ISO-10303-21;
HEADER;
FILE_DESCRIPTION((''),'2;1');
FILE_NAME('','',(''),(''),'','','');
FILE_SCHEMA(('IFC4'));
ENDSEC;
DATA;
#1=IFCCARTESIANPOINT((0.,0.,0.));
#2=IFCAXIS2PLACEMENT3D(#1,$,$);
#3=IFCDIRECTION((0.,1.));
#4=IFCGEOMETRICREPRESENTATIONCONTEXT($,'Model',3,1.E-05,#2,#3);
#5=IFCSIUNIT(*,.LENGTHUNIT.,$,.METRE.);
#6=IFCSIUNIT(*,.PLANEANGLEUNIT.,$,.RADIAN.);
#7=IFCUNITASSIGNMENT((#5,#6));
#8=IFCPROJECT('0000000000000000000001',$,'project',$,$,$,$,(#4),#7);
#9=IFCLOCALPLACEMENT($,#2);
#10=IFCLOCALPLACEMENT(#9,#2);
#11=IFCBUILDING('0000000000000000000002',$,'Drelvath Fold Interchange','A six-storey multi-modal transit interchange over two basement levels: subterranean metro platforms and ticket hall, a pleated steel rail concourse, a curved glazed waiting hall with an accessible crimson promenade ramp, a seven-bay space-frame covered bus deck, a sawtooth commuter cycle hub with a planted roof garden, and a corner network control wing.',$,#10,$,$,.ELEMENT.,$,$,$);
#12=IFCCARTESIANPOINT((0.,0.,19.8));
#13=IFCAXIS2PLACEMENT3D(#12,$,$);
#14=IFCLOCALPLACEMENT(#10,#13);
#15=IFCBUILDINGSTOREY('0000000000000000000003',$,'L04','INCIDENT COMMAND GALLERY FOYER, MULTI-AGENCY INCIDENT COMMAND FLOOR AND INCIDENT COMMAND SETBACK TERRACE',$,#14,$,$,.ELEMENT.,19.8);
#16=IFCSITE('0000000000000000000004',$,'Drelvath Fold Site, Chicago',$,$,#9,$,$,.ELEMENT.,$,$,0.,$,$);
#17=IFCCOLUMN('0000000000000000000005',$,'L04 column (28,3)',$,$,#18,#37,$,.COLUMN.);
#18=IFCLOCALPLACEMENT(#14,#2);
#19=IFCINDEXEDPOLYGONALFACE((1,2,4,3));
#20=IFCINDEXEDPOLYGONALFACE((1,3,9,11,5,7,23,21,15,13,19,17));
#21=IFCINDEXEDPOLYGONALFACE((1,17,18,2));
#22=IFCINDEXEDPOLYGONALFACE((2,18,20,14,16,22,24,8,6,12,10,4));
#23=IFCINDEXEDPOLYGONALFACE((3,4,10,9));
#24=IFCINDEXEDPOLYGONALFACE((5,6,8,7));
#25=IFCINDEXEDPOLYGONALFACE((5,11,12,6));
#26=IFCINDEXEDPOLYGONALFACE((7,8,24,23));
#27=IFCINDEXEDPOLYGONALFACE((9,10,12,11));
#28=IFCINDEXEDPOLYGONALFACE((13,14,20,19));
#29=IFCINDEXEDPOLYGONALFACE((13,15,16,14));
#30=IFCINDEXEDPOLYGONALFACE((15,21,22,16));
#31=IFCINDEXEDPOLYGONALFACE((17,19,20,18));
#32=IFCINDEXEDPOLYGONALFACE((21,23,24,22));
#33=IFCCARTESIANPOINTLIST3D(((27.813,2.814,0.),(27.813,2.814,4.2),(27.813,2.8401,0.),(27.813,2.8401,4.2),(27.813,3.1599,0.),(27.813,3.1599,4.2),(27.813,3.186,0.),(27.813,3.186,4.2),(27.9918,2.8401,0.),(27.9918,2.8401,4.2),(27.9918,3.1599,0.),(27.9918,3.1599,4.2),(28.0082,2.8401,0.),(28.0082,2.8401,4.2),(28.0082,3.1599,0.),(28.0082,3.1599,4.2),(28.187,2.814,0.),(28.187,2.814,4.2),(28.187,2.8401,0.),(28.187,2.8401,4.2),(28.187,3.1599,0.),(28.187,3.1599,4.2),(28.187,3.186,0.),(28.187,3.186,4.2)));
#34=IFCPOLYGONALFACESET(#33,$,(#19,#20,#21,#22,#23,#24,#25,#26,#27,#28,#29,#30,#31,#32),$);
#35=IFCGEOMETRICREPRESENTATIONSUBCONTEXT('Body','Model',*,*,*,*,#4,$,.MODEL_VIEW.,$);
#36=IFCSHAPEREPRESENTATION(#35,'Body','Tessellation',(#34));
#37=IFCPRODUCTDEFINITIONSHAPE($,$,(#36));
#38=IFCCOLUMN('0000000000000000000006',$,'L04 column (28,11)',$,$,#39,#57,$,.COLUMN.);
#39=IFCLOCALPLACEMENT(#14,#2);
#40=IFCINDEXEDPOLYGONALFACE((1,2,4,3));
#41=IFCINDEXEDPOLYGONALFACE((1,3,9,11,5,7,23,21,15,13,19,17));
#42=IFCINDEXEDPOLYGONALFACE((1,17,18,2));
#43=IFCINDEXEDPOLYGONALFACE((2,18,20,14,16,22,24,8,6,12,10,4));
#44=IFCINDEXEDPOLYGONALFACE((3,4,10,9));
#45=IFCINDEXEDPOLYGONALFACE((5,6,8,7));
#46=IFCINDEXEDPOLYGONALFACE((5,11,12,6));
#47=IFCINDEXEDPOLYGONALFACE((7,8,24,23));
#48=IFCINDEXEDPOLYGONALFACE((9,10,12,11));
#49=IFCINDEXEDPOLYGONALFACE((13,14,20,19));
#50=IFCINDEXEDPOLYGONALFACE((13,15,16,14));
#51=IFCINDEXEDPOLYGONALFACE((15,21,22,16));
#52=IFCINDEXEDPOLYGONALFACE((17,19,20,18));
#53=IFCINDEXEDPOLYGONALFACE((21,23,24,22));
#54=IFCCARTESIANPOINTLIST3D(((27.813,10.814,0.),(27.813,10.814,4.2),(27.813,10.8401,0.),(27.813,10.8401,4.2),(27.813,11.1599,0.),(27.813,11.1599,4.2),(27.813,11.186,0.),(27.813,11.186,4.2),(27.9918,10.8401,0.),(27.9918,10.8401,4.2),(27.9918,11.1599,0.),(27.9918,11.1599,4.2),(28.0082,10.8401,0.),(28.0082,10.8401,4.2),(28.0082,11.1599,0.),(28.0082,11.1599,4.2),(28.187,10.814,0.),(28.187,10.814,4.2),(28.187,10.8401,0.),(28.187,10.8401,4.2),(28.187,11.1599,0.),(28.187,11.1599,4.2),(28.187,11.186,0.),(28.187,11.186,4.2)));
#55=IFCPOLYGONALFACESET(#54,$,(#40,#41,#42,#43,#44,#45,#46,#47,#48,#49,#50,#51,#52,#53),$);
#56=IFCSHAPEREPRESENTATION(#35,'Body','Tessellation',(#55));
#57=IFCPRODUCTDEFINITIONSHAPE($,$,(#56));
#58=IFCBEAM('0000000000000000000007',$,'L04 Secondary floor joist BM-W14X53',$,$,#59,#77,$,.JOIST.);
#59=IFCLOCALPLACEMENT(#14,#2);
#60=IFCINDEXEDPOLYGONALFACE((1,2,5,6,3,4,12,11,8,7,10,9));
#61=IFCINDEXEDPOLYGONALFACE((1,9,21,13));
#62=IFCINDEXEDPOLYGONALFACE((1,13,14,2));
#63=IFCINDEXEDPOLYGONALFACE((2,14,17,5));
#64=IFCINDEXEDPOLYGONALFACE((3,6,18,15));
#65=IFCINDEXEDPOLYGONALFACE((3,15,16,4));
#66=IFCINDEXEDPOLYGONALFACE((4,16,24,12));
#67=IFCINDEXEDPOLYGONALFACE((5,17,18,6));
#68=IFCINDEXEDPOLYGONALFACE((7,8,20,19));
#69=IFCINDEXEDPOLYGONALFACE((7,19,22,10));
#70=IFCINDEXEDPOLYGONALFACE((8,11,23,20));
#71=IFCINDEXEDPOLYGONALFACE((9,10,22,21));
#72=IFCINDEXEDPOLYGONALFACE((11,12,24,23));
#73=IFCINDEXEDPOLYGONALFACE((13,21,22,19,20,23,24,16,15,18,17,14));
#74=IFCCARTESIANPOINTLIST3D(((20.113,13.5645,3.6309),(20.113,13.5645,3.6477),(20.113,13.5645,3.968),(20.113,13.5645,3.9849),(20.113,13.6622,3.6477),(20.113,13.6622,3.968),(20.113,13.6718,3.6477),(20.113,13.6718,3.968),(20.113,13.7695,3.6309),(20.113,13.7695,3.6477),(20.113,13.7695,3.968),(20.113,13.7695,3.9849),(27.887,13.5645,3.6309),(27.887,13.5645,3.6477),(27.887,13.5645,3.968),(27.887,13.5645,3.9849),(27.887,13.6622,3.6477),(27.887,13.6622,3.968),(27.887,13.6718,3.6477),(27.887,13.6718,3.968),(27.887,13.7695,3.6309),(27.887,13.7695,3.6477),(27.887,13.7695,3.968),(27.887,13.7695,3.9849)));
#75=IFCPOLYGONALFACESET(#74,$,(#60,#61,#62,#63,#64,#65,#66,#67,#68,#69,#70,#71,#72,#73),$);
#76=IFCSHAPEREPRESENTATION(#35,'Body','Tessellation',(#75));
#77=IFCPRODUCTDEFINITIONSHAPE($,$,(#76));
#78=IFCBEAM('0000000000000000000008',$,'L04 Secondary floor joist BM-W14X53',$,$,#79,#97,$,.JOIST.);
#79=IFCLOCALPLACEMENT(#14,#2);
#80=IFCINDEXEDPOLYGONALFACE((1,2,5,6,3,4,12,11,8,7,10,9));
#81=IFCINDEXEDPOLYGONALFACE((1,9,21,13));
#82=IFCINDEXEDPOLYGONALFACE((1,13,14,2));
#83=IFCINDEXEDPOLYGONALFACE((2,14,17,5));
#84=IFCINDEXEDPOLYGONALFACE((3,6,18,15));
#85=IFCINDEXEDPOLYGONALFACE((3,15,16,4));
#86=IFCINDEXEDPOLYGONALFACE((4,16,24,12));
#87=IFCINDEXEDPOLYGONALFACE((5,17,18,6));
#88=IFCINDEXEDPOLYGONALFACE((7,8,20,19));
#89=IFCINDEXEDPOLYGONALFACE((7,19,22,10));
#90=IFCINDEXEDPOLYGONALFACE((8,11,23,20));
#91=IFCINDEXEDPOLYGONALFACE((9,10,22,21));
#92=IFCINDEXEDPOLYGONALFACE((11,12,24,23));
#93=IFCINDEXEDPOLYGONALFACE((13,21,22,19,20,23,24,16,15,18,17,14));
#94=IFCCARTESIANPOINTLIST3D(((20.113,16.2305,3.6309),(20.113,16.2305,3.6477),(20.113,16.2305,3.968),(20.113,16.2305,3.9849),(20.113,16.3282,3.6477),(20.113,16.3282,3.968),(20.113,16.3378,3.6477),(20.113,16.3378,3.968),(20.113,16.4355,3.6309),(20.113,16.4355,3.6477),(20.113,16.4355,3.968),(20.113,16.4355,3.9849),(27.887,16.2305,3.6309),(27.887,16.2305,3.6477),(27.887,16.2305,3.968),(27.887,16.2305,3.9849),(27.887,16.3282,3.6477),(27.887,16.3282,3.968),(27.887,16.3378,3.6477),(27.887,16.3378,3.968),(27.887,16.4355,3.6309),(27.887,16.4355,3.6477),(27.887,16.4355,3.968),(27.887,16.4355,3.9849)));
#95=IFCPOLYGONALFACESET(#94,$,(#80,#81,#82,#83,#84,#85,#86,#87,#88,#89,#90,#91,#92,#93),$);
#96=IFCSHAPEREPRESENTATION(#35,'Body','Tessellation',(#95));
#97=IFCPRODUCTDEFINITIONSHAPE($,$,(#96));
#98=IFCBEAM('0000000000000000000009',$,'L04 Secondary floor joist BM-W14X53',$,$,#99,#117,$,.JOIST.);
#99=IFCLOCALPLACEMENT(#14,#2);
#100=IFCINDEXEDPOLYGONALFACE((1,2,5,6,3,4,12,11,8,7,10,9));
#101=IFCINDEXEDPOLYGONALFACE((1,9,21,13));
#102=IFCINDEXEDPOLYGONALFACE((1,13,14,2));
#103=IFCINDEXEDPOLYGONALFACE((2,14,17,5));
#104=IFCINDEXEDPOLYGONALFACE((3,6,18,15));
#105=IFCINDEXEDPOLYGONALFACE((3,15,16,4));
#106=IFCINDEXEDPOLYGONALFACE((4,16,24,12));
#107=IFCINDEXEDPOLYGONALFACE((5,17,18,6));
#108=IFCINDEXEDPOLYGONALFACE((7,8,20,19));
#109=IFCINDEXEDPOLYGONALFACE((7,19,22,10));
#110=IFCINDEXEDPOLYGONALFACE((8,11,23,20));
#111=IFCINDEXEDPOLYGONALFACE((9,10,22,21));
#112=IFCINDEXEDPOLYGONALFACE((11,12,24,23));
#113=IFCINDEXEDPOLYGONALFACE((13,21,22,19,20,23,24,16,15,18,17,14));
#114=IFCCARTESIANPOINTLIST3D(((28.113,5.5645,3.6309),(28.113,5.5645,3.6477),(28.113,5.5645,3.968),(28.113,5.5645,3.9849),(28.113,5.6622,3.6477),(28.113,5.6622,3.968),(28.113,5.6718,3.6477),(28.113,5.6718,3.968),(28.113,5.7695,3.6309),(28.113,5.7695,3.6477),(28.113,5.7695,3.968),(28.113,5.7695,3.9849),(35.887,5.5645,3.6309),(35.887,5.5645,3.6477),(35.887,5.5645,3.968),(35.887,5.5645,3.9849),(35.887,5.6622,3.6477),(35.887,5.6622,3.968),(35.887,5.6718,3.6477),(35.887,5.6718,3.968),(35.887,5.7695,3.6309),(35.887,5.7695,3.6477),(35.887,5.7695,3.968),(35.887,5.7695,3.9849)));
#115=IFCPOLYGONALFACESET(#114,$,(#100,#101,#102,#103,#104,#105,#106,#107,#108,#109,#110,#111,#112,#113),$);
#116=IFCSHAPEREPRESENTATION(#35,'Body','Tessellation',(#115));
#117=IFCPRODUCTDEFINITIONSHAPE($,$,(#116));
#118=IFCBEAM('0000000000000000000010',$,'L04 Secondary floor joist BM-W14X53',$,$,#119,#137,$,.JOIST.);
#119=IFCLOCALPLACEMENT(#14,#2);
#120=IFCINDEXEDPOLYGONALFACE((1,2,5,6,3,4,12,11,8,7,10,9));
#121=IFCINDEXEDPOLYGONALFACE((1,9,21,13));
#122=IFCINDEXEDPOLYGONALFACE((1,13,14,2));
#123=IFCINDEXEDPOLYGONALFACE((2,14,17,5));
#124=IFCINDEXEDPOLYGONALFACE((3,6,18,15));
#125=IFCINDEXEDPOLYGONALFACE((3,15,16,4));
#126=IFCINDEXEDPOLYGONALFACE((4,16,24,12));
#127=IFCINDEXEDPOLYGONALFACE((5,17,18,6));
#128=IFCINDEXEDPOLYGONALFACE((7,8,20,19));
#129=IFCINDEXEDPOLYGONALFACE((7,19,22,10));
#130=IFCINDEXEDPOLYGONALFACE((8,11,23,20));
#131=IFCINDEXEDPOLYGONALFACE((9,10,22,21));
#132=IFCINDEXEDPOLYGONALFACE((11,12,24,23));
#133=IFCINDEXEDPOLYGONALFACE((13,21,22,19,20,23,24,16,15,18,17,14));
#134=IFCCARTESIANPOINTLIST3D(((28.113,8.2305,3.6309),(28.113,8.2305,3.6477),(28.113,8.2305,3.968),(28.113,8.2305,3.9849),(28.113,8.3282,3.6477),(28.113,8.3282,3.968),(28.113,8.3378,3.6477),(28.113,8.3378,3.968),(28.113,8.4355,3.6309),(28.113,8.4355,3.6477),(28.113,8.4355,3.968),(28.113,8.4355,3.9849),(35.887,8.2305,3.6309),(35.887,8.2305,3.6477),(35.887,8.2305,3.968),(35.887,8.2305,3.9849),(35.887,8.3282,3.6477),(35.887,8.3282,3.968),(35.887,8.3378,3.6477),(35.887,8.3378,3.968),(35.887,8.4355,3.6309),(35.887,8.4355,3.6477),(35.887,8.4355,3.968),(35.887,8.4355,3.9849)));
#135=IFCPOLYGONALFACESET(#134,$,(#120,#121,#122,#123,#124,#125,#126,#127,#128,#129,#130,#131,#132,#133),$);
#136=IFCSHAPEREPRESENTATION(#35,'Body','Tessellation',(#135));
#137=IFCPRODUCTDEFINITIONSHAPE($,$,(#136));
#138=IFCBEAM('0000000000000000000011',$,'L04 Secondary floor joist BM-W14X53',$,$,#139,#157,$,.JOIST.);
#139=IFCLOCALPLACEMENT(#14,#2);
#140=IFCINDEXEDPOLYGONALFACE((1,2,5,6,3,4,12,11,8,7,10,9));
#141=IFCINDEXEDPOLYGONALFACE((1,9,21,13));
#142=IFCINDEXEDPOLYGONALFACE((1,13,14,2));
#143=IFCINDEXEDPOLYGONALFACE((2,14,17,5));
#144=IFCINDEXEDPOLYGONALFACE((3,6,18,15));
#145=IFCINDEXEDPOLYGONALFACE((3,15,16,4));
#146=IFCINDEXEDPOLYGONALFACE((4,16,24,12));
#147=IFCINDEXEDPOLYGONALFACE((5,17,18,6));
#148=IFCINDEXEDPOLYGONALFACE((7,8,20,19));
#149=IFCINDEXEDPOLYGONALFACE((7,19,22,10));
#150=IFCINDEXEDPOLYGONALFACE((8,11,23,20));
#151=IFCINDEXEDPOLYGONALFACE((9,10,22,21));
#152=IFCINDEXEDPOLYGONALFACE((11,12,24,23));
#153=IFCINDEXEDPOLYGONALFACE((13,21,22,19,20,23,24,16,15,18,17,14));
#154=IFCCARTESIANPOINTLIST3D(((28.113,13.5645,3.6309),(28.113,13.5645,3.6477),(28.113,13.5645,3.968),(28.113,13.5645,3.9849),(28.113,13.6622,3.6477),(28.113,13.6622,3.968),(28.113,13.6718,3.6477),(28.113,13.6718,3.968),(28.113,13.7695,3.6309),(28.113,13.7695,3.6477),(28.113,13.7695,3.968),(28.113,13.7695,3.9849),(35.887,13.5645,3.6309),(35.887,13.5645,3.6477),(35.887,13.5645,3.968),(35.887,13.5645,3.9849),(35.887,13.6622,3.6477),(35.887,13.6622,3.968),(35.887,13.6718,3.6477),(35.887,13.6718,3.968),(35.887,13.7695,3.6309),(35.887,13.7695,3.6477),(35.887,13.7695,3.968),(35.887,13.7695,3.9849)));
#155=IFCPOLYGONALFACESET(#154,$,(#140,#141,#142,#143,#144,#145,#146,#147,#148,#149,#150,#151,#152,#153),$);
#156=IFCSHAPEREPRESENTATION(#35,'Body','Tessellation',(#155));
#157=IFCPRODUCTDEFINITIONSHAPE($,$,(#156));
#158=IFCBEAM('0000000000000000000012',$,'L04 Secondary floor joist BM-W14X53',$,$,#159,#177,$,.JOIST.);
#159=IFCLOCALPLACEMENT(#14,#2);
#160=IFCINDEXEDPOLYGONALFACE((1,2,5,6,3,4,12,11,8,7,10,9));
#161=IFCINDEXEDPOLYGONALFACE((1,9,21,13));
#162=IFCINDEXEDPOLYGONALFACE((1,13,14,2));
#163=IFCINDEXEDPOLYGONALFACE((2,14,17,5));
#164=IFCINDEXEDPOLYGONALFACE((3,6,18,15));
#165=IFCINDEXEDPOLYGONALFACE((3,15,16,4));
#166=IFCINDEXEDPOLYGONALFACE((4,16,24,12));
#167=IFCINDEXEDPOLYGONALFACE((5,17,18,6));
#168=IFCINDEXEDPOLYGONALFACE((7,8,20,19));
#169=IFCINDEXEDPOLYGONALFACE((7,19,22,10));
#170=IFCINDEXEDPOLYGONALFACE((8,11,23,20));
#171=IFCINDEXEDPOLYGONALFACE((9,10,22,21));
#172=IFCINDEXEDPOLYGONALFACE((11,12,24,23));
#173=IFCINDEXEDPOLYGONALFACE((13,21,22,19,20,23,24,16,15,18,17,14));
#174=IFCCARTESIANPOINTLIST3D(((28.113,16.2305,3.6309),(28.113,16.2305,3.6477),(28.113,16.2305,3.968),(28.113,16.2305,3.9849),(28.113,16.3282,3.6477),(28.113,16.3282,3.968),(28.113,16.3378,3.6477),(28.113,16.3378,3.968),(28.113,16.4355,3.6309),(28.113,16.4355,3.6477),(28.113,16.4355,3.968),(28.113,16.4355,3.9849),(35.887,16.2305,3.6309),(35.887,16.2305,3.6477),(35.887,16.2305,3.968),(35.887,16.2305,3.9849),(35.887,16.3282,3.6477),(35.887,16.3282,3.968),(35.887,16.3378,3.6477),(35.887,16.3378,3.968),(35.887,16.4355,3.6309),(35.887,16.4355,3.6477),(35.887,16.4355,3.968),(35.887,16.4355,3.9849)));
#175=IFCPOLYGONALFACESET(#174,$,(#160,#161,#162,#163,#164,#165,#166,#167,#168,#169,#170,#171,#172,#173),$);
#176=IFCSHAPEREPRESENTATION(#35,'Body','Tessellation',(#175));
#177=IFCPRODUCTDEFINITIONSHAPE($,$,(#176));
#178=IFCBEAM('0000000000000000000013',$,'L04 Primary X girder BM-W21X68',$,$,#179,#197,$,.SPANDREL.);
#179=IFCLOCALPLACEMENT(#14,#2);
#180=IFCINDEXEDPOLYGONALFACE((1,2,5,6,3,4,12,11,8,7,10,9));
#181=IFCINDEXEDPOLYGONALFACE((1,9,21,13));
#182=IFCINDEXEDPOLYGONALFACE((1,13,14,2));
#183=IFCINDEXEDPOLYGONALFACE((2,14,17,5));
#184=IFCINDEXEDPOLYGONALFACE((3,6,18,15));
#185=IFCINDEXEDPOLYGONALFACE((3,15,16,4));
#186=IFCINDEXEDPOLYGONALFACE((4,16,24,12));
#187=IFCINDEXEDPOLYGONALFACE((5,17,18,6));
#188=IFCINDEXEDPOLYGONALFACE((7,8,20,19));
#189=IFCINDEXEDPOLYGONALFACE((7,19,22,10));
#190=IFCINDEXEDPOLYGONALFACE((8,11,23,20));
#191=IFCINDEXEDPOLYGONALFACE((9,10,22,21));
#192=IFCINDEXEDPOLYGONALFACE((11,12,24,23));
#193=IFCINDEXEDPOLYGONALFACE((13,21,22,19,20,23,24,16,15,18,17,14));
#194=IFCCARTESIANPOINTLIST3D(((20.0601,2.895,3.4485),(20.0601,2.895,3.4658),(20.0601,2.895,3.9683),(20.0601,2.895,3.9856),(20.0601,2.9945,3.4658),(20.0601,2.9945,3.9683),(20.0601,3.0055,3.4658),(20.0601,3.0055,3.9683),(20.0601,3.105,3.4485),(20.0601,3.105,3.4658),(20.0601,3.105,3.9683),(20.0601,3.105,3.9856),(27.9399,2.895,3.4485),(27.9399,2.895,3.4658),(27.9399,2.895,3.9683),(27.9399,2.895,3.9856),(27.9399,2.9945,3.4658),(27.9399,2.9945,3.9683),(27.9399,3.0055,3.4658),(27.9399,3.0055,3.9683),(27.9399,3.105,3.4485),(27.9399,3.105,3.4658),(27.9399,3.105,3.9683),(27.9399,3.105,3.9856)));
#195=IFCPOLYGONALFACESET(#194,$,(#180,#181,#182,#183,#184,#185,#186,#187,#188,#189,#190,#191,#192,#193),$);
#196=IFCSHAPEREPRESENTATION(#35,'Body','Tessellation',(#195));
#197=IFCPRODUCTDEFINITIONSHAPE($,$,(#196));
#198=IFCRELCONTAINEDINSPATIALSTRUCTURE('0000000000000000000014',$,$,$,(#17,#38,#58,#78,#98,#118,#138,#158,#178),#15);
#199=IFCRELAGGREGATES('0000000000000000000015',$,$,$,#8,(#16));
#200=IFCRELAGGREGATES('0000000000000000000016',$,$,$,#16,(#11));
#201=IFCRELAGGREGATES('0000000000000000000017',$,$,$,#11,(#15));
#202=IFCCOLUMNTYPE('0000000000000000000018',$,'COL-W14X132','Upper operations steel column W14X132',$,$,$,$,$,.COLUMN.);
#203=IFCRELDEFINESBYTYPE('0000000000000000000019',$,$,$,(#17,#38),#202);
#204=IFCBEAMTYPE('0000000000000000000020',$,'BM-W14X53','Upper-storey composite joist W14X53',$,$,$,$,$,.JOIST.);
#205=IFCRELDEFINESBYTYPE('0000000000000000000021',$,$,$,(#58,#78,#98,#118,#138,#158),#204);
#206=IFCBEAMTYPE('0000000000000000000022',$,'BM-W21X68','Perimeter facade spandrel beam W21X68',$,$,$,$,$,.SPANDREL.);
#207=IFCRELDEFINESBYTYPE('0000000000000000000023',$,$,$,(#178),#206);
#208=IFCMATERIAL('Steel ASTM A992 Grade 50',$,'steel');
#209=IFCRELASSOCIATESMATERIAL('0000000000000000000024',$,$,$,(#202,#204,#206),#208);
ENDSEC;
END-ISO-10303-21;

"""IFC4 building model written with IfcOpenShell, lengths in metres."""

from ifc_helpers import new_model, si_unit, direction, frame, origin, origin_2d, place, context, subcontext, project, spatial, i_section, extrude, material, material_profile, profile_set, type_object, element, save


model = new_model("IFC4")

# Units and contexts
model_context = context("Model", 3, precision=1e-05, world=origin(), true_north=direction((0.0, 1.0)))
body_context = subcontext(model_context, "Body", "Model", "MODEL_VIEW")
ifc_project = project(units=[si_unit("LENGTHUNIT", "METRE"), si_unit("PLANEANGLEUNIT", "RADIAN")], contexts=[model_context])

# Site, building, storey
site_placement = place(None, origin())
site = spatial("IfcSite", under=ifc_project, at=site_placement, Name="Drelvath Fold Site, Chicago", CompositionType="ELEMENT", RefElevation=0.0)
building_placement = place(site_placement, origin())
building = spatial("IfcBuilding", under=site, at=building_placement, Name="Drelvath Fold Interchange", Description="A six-storey multi-modal transit interchange over two basement levels: subterranean metro platforms and ticket hall, a pleated steel rail concourse, a curved glazed waiting hall with an accessible crimson promenade ramp, a seven-bay space-frame covered bus deck, a sawtooth commuter cycle hub with a planted roof garden, and a corner network control wing.", CompositionType="ELEMENT")
storey_placement = place(building_placement, frame((0.0, 0.0, 19.8)))
storey = spatial("IfcBuildingStorey", under=building, at=storey_placement, Name="L04", Description="INCIDENT COMMAND GALLERY FOYER, MULTI-AGENCY INCIDENT COMMAND FLOOR AND INCIDENT COMMAND SETBACK TERRACE", CompositionType="ELEMENT", Elevation=19.8)

# Columns
ifc_material_1 = material(Name="Steel ASTM A992 Grade 50", Category="steel")
ifc_material_profile_1 = material_profile(ifc_material_1, i_section(OverallWidth=0.374, OverallDepth=0.3721, WebThickness=0.0164, FlangeThickness=0.0261, at=origin_2d()), Name="W14X132")
ifc_profile_set_1 = profile_set([ifc_material_profile_1], Name="Steel ASTM A992 Grade 50")
column_type = type_object("IfcColumnType", Name="COL-W14X132", Description="Upper operations steel column W14X132", PredefinedType="COLUMN", material=ifc_profile_set_1)
for number, where, z_axis, x_axis, name in (
    (1, (28.0, 3.0, 0.0), (0.0, 0.0, 1.0), (1.0, 0.0, 0.0), "L04 column (28,3)"),
    (2, (28.0, 11.0, 0.0), (0.0, 0.0, 1.0), (1.0, 0.0, 0.0), "L04 column (28,11)"),
):
    element("IfcColumn", number, at=place(storey_placement, frame(where, z_axis=z_axis, x_axis=x_axis)), inside=storey, type_object=column_type, Name=name, PredefinedType="COLUMN", context=body_context, shape_type="SweptSolid", body=[
        extrude(i_section(OverallWidth=0.374, OverallDepth=0.3721, WebThickness=0.0164, FlangeThickness=0.0261, at=origin_2d()), origin(), (0.0, 0.0, 1.0), 4.2),
    ])

# Beams
ifc_material_profile_2 = material_profile(ifc_material_1, i_section(OverallWidth=0.2051, OverallDepth=0.354, WebThickness=0.0095, FlangeThickness=0.0168, at=origin_2d()), Name="W14X53")
ifc_profile_set_2 = profile_set([ifc_material_profile_2], Name="Steel ASTM A992 Grade 50")
beam_type_1 = type_object("IfcBeamType", Name="BM-W14X53", Description="Upper-storey composite joist W14X53", PredefinedType="JOIST", material=ifc_profile_set_2)
for number, where, z_axis, x_axis, name in (
    (3, (20.113, 13.667, 3.8079), (1.0, 0.0, 0.0), (0.0, 1.0, 0.0), "L04 Secondary floor joist BM-W14X53"),
    (4, (20.113, 16.333, 3.8079), (1.0, 0.0, 0.0), (0.0, 1.0, 0.0), "L04 Secondary floor joist BM-W14X53"),
    (5, (28.113, 5.667, 3.8079), (1.0, 0.0, 0.0), (0.0, 1.0, 0.0), "L04 Secondary floor joist BM-W14X53"),
    (6, (28.113, 8.333, 3.8079), (1.0, 0.0, 0.0), (0.0, 1.0, 0.0), "L04 Secondary floor joist BM-W14X53"),
    (7, (28.113, 13.667, 3.8079), (1.0, 0.0, 0.0), (0.0, 1.0, 0.0), "L04 Secondary floor joist BM-W14X53"),
    (8, (28.113, 16.333, 3.8079), (1.0, 0.0, 0.0), (0.0, 1.0, 0.0), "L04 Secondary floor joist BM-W14X53"),
):
    element("IfcBeam", number, at=place(storey_placement, frame(where, z_axis=z_axis, x_axis=x_axis)), inside=storey, type_object=beam_type_1, Name=name, PredefinedType="JOIST", context=body_context, shape_type="SweptSolid", body=[
        extrude(i_section(OverallWidth=0.2051, OverallDepth=0.354, WebThickness=0.0095, FlangeThickness=0.0168, at=origin_2d()), origin(), (0.0, 0.0, 1.0), 7.7739),
    ])
ifc_material_profile_3 = material_profile(ifc_material_1, i_section(OverallWidth=0.21, OverallDepth=0.5371, WebThickness=0.011, FlangeThickness=0.0173, at=origin_2d()), Name="W21X68")
ifc_profile_set_3 = profile_set([ifc_material_profile_3], Name="Steel ASTM A992 Grade 50")
beam_type_2 = type_object("IfcBeamType", Name="BM-W21X68", Description="Perimeter facade spandrel beam W21X68", PredefinedType="SPANDREL", material=ifc_profile_set_3)
for number, where, z_axis, x_axis, name in (
    (9, (20.0601, 3.0, 3.717), (1.0, 0.0, 0.0), (0.0, 1.0, 0.0), "L04 Primary X girder BM-W21X68"),
):
    element("IfcBeam", number, at=place(storey_placement, frame(where, z_axis=z_axis, x_axis=x_axis)), inside=storey, type_object=beam_type_2, Name=name, PredefinedType="SPANDREL", context=body_context, shape_type="SweptSolid", body=[
        extrude(i_section(OverallWidth=0.21, OverallDepth=0.5371, WebThickness=0.011, FlangeThickness=0.0173, at=origin_2d()), origin(), (0.0, 0.0, 1.0), 7.8799),
    ])

save(model, "model.ifc")
